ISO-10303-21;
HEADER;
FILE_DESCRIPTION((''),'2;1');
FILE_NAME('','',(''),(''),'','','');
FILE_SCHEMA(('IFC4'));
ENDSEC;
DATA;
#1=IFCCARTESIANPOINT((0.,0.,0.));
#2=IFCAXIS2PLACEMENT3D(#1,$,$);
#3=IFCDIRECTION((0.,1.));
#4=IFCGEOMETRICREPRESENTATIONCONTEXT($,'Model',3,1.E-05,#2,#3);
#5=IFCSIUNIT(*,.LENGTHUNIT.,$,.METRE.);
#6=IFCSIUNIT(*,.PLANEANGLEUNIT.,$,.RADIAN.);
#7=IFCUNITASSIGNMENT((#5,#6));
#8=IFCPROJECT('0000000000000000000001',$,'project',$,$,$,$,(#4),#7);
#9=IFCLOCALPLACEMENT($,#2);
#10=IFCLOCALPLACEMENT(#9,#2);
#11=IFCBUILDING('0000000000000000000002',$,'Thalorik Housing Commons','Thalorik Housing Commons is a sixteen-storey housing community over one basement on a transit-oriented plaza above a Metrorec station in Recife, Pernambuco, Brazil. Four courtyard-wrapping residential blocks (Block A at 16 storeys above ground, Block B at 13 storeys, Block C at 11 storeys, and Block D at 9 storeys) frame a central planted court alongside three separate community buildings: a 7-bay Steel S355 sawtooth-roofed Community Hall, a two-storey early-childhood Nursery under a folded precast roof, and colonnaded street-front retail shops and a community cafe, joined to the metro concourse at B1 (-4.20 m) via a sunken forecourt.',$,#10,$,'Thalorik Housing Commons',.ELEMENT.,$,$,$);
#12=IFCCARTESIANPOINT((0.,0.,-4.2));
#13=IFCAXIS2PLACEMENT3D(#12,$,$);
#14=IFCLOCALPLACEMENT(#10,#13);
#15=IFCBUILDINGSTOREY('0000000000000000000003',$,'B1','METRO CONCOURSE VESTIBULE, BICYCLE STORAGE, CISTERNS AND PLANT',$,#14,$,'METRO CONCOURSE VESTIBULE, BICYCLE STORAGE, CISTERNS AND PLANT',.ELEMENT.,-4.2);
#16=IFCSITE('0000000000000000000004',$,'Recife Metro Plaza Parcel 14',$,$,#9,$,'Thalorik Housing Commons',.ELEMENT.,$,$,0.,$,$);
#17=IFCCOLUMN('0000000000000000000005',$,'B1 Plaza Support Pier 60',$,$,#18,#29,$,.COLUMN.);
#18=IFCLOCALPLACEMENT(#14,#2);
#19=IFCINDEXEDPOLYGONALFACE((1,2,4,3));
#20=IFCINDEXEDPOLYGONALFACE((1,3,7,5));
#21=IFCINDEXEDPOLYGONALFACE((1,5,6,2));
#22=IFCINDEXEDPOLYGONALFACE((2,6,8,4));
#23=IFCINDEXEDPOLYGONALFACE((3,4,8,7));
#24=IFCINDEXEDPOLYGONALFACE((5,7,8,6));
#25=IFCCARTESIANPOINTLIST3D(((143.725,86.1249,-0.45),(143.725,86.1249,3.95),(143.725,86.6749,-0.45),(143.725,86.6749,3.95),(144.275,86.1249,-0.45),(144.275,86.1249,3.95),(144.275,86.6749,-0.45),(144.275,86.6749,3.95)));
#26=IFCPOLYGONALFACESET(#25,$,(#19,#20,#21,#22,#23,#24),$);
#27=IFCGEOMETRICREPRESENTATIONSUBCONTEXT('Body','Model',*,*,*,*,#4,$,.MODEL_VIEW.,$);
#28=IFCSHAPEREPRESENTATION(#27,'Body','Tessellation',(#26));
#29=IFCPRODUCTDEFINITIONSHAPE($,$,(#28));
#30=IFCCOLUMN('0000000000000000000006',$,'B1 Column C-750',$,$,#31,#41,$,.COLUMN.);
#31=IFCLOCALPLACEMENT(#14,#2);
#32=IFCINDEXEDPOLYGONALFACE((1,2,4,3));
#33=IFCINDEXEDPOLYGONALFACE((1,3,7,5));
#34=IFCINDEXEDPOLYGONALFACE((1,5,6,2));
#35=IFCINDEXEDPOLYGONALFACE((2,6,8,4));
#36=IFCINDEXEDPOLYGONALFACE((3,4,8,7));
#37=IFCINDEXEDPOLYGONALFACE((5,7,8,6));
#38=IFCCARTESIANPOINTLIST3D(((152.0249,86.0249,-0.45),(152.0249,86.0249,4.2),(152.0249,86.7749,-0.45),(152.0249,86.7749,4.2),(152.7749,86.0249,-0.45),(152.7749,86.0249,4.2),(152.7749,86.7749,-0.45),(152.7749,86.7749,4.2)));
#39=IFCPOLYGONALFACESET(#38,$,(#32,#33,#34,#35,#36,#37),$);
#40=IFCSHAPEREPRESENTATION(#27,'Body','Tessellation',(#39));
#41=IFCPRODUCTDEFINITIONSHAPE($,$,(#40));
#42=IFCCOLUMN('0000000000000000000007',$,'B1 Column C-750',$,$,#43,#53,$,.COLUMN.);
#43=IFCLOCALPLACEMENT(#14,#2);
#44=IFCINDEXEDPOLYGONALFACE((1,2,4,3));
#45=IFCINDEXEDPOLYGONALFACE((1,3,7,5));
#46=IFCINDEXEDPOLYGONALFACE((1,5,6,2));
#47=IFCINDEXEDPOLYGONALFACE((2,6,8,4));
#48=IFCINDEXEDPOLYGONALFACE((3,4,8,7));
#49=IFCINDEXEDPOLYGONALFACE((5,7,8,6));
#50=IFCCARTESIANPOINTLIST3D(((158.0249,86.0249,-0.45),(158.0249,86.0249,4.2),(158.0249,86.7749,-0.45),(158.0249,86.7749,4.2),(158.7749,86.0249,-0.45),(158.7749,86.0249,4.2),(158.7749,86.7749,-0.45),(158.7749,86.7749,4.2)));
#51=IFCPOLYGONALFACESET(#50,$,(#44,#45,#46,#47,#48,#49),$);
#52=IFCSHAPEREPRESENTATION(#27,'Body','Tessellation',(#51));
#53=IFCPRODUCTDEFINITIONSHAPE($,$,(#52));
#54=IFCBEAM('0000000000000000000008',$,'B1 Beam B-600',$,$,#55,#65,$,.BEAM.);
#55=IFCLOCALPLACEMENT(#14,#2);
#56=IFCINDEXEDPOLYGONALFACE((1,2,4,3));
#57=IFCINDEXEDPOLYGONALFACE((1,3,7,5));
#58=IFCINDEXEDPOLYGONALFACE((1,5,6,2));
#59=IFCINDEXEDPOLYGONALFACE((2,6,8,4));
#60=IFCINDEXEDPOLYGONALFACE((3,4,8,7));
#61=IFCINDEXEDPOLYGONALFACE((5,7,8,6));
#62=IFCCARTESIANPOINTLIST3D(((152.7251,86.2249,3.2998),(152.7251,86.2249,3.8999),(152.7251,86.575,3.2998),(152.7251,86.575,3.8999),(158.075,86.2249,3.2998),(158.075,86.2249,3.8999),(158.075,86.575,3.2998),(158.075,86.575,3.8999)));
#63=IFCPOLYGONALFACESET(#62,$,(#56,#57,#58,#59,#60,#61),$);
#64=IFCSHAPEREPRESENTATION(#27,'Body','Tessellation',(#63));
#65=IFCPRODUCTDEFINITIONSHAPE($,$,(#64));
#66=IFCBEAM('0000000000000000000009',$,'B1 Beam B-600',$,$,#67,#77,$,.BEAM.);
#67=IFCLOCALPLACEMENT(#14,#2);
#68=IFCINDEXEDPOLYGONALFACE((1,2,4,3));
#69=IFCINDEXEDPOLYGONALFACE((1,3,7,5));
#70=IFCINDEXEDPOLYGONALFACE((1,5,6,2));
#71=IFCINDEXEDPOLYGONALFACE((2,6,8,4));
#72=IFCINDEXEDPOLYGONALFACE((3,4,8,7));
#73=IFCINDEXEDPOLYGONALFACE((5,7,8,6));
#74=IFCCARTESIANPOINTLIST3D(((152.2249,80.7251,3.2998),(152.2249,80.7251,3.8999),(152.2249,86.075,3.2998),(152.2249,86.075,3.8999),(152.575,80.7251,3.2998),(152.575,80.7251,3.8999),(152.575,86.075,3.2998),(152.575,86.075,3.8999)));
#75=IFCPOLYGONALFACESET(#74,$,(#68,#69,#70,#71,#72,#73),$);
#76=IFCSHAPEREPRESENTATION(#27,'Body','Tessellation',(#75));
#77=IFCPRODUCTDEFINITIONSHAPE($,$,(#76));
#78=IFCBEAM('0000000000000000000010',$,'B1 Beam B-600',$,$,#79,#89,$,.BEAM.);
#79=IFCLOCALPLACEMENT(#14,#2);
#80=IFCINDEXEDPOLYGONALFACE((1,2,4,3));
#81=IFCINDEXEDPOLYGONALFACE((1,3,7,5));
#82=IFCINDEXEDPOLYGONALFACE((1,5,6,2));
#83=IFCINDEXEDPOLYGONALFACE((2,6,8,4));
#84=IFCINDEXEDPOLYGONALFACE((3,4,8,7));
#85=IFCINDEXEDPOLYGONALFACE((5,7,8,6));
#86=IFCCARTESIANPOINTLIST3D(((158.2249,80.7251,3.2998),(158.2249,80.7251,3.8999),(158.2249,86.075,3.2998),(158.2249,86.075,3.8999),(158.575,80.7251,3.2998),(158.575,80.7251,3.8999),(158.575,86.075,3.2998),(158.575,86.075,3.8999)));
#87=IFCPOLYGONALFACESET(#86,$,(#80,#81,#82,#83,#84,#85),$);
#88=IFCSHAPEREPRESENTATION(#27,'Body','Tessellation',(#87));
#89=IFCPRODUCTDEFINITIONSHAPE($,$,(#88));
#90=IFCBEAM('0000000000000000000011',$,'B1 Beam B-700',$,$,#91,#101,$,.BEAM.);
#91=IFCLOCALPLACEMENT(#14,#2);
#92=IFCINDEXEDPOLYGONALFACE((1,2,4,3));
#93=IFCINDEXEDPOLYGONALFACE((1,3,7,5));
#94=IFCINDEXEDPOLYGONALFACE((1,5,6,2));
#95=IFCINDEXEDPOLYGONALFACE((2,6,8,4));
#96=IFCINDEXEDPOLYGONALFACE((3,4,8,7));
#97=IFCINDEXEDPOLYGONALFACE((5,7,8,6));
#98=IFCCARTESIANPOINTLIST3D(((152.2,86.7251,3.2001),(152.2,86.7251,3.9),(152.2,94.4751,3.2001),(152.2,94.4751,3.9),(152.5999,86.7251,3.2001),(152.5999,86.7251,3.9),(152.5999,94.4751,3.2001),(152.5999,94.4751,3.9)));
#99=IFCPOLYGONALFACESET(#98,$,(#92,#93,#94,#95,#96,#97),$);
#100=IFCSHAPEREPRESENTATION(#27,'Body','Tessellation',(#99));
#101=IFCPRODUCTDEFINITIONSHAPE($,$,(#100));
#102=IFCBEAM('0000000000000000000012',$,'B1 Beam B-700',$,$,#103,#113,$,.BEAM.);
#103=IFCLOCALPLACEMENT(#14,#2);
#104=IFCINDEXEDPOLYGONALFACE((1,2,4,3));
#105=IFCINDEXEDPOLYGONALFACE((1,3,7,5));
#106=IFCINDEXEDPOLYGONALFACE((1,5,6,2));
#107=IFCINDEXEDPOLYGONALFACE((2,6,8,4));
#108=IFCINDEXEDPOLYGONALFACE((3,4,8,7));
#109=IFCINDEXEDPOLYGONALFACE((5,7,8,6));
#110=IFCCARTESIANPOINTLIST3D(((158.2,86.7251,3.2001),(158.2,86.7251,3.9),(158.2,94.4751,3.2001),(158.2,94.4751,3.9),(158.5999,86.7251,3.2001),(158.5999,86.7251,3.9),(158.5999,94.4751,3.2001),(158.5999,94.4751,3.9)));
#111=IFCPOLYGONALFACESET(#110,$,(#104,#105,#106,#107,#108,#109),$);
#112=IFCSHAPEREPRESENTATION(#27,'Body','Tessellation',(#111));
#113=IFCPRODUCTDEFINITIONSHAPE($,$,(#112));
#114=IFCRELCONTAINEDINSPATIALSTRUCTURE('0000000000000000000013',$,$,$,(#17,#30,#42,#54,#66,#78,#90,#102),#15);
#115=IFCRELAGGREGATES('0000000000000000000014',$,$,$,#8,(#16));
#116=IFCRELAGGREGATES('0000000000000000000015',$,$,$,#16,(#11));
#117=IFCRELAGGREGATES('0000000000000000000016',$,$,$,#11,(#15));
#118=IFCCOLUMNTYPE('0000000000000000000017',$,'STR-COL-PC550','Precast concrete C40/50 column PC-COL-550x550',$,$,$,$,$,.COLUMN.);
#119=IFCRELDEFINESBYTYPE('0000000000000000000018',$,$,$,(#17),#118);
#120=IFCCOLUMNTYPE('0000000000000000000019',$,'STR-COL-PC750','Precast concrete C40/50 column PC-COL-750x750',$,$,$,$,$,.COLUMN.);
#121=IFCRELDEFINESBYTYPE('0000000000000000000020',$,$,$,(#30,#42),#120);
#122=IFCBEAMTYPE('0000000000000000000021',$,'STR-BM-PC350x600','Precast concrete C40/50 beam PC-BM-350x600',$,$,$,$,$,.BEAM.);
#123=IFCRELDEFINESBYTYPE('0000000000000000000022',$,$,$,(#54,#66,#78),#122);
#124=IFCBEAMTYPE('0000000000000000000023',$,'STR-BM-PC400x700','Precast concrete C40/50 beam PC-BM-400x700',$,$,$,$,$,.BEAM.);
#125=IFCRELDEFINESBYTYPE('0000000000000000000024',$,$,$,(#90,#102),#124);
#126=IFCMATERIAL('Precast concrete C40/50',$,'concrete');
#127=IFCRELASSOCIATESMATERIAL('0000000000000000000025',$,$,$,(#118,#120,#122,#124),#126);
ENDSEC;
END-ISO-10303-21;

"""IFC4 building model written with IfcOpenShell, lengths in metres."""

from ifc_helpers import new_model, si_unit, direction, frame, origin, origin_2d, place, context, subcontext, project, spatial, rectangle, extrude, material, material_profile, profile_set, type_object, element, save


model = new_model("IFC4")

# Units and contexts
model_context = context("Model", 3, precision=1e-05, world=origin(), true_north=direction((0.0, 1.0)))
body_context = subcontext(model_context, "Body", "Model", "MODEL_VIEW")
ifc_project = project(units=[si_unit("LENGTHUNIT", "METRE"), si_unit("PLANEANGLEUNIT", "RADIAN")], contexts=[model_context])

# Site, building, storey
site_placement = place(None, origin())
site = spatial("IfcSite", under=ifc_project, at=site_placement, Name="Recife Metro Plaza Parcel 14", LongName="Thalorik Housing Commons", CompositionType="ELEMENT", RefElevation=0.0)
building_placement = place(site_placement, origin())
building = spatial("IfcBuilding", under=site, at=building_placement, Name="Thalorik Housing Commons", Description="Thalorik Housing Commons is a sixteen-storey housing community over one basement on a transit-oriented plaza above a Metrorec station in Recife, Pernambuco, Brazil. Four courtyard-wrapping residential blocks (Block A at 16 storeys above ground, Block B at 13 storeys, Block C at 11 storeys, and Block D at 9 storeys) frame a central planted court alongside three separate community buildings: a 7-bay Steel S355 sawtooth-roofed Community Hall, a two-storey early-childhood Nursery under a folded precast roof, and colonnaded street-front retail shops and a community cafe, joined to the metro concourse at B1 (-4.20 m) via a sunken forecourt.", LongName="Thalorik Housing Commons", CompositionType="ELEMENT")
storey_placement = place(building_placement, frame((0.0, 0.0, -4.2)))
storey = spatial("IfcBuildingStorey", under=building, at=storey_placement, Name="B1", Description="METRO CONCOURSE VESTIBULE, BICYCLE STORAGE, CISTERNS AND PLANT", LongName="METRO CONCOURSE VESTIBULE, BICYCLE STORAGE, CISTERNS AND PLANT", CompositionType="ELEMENT", Elevation=-4.2)

# Columns
ifc_material_1 = material(Name="Precast concrete C40/50", Category="concrete")
ifc_material_profile_1 = material_profile(ifc_material_1, rectangle(XDim=0.55, YDim=0.55, at=origin_2d()), Name="PC 550x550", Category="concrete")
ifc_profile_set_1 = profile_set([ifc_material_profile_1], Name="Precast concrete C40/50")
column_type_1 = type_object("IfcColumnType", Name="STR-COL-PC550", Description="Precast concrete C40/50 column PC-COL-550x550", PredefinedType="COLUMN", material=ifc_profile_set_1)
column_placement = place(storey_placement, frame((144.0, 86.3999, -0.45), z_axis=(0.0, 0.0, 1.0), x_axis=(1.0, 0.0, 0.0)))
element("IfcColumn", 1, at=column_placement, inside=storey, type_object=column_type_1, Name="B1 Plaza Support Pier 60", PredefinedType="COLUMN", context=body_context, shape_type="SweptSolid", body=[
    extrude(rectangle(XDim=0.55, YDim=0.55, at=origin_2d()), origin(), (0.0, 0.0, 1.0), 4.3999),
])
ifc_material_profile_2 = material_profile(ifc_material_1, rectangle(XDim=0.75, YDim=0.75, at=origin_2d()), Name="PC 750x750", Category="concrete")
ifc_profile_set_2 = profile_set([ifc_material_profile_2], Name="Precast concrete C40/50")
column_type_2 = type_object("IfcColumnType", Name="STR-COL-PC750", Description="Precast concrete C40/50 column PC-COL-750x750", PredefinedType="COLUMN", material=ifc_profile_set_2)
for number, where, z_axis, x_axis, name in (
    (2, (152.3999, 86.3999, -0.45), (0.0, 0.0, 1.0), (1.0, 0.0, 0.0), "B1 Column C-750"),
    (3, (158.3999, 86.3999, -0.45), (0.0, 0.0, 1.0), (1.0, 0.0, 0.0), "B1 Column C-750"),
):
    element("IfcColumn", number, at=place(storey_placement, frame(where, z_axis=z_axis, x_axis=x_axis)), inside=storey, type_object=column_type_2, Name=name, PredefinedType="COLUMN", context=body_context, shape_type="SweptSolid", body=[
        extrude(rectangle(XDim=0.75, YDim=0.75, at=origin_2d()), origin(), (0.0, 0.0, 1.0), 4.6499),
    ])

# Beams
ifc_material_profile_3 = material_profile(ifc_material_1, rectangle(XDim=0.3501, YDim=0.6001, at=origin_2d()), Name="PC 350x600", Category="concrete")
ifc_profile_set_3 = profile_set([ifc_material_profile_3], Name="Precast concrete C40/50")
beam_type_1 = type_object("IfcBeamType", Name="STR-BM-PC350x600", Description="Precast concrete C40/50 beam PC-BM-350x600", PredefinedType="BEAM", material=ifc_profile_set_3)
for number, where, z_axis, x_axis, name in (
    (4, (152.7251, 86.3999, 3.5999), (1.0, 0.0, 0.0), (0.0, 1.0, 0.0), "B1 Beam B-600"),
    (5, (152.3999, 80.7251, 3.5999), (0.0, 1.0, 0.0), (-1.0, 0.0, 0.0), "B1 Beam B-600"),
    (6, (158.3999, 80.7251, 3.5999), (0.0, 1.0, 0.0), (-1.0, 0.0, 0.0), "B1 Beam B-600"),
):
    element("IfcBeam", number, at=place(storey_placement, frame(where, z_axis=z_axis, x_axis=x_axis)), inside=storey, type_object=beam_type_1, Name=name, PredefinedType="BEAM", context=body_context, shape_type="SweptSolid", body=[
        extrude(rectangle(XDim=0.3501, YDim=0.6001, at=origin_2d()), origin(), (0.0, 0.0, 1.0), 5.3499),
    ])
ifc_material_profile_4 = material_profile(ifc_material_1, rectangle(XDim=0.3999, YDim=0.7, at=origin_2d()), Name="PC 400x700", Category="concrete")
ifc_profile_set_4 = profile_set([ifc_material_profile_4], Name="Precast concrete C40/50")
beam_type_2 = type_object("IfcBeamType", Name="STR-BM-PC400x700", Description="Precast concrete C40/50 beam PC-BM-400x700", PredefinedType="BEAM", material=ifc_profile_set_4)
for number, where, z_axis, x_axis, name in (
    (7, (152.3999, 86.7251, 3.55), (0.0, 1.0, 0.0), (-1.0, 0.0, 0.0), "B1 Beam B-700"),
    (8, (158.3999, 86.7251, 3.55), (0.0, 1.0, 0.0), (-1.0, 0.0, 0.0), "B1 Beam B-700"),
):
    element("IfcBeam", number, at=place(storey_placement, frame(where, z_axis=z_axis, x_axis=x_axis)), inside=storey, type_object=beam_type_2, Name=name, PredefinedType="BEAM", context=body_context, shape_type="SweptSolid", body=[
        extrude(rectangle(XDim=0.3999, YDim=0.7, at=origin_2d()), origin(), (0.0, 0.0, 1.0), 7.75),
    ])

save(model, "model.ifc")
